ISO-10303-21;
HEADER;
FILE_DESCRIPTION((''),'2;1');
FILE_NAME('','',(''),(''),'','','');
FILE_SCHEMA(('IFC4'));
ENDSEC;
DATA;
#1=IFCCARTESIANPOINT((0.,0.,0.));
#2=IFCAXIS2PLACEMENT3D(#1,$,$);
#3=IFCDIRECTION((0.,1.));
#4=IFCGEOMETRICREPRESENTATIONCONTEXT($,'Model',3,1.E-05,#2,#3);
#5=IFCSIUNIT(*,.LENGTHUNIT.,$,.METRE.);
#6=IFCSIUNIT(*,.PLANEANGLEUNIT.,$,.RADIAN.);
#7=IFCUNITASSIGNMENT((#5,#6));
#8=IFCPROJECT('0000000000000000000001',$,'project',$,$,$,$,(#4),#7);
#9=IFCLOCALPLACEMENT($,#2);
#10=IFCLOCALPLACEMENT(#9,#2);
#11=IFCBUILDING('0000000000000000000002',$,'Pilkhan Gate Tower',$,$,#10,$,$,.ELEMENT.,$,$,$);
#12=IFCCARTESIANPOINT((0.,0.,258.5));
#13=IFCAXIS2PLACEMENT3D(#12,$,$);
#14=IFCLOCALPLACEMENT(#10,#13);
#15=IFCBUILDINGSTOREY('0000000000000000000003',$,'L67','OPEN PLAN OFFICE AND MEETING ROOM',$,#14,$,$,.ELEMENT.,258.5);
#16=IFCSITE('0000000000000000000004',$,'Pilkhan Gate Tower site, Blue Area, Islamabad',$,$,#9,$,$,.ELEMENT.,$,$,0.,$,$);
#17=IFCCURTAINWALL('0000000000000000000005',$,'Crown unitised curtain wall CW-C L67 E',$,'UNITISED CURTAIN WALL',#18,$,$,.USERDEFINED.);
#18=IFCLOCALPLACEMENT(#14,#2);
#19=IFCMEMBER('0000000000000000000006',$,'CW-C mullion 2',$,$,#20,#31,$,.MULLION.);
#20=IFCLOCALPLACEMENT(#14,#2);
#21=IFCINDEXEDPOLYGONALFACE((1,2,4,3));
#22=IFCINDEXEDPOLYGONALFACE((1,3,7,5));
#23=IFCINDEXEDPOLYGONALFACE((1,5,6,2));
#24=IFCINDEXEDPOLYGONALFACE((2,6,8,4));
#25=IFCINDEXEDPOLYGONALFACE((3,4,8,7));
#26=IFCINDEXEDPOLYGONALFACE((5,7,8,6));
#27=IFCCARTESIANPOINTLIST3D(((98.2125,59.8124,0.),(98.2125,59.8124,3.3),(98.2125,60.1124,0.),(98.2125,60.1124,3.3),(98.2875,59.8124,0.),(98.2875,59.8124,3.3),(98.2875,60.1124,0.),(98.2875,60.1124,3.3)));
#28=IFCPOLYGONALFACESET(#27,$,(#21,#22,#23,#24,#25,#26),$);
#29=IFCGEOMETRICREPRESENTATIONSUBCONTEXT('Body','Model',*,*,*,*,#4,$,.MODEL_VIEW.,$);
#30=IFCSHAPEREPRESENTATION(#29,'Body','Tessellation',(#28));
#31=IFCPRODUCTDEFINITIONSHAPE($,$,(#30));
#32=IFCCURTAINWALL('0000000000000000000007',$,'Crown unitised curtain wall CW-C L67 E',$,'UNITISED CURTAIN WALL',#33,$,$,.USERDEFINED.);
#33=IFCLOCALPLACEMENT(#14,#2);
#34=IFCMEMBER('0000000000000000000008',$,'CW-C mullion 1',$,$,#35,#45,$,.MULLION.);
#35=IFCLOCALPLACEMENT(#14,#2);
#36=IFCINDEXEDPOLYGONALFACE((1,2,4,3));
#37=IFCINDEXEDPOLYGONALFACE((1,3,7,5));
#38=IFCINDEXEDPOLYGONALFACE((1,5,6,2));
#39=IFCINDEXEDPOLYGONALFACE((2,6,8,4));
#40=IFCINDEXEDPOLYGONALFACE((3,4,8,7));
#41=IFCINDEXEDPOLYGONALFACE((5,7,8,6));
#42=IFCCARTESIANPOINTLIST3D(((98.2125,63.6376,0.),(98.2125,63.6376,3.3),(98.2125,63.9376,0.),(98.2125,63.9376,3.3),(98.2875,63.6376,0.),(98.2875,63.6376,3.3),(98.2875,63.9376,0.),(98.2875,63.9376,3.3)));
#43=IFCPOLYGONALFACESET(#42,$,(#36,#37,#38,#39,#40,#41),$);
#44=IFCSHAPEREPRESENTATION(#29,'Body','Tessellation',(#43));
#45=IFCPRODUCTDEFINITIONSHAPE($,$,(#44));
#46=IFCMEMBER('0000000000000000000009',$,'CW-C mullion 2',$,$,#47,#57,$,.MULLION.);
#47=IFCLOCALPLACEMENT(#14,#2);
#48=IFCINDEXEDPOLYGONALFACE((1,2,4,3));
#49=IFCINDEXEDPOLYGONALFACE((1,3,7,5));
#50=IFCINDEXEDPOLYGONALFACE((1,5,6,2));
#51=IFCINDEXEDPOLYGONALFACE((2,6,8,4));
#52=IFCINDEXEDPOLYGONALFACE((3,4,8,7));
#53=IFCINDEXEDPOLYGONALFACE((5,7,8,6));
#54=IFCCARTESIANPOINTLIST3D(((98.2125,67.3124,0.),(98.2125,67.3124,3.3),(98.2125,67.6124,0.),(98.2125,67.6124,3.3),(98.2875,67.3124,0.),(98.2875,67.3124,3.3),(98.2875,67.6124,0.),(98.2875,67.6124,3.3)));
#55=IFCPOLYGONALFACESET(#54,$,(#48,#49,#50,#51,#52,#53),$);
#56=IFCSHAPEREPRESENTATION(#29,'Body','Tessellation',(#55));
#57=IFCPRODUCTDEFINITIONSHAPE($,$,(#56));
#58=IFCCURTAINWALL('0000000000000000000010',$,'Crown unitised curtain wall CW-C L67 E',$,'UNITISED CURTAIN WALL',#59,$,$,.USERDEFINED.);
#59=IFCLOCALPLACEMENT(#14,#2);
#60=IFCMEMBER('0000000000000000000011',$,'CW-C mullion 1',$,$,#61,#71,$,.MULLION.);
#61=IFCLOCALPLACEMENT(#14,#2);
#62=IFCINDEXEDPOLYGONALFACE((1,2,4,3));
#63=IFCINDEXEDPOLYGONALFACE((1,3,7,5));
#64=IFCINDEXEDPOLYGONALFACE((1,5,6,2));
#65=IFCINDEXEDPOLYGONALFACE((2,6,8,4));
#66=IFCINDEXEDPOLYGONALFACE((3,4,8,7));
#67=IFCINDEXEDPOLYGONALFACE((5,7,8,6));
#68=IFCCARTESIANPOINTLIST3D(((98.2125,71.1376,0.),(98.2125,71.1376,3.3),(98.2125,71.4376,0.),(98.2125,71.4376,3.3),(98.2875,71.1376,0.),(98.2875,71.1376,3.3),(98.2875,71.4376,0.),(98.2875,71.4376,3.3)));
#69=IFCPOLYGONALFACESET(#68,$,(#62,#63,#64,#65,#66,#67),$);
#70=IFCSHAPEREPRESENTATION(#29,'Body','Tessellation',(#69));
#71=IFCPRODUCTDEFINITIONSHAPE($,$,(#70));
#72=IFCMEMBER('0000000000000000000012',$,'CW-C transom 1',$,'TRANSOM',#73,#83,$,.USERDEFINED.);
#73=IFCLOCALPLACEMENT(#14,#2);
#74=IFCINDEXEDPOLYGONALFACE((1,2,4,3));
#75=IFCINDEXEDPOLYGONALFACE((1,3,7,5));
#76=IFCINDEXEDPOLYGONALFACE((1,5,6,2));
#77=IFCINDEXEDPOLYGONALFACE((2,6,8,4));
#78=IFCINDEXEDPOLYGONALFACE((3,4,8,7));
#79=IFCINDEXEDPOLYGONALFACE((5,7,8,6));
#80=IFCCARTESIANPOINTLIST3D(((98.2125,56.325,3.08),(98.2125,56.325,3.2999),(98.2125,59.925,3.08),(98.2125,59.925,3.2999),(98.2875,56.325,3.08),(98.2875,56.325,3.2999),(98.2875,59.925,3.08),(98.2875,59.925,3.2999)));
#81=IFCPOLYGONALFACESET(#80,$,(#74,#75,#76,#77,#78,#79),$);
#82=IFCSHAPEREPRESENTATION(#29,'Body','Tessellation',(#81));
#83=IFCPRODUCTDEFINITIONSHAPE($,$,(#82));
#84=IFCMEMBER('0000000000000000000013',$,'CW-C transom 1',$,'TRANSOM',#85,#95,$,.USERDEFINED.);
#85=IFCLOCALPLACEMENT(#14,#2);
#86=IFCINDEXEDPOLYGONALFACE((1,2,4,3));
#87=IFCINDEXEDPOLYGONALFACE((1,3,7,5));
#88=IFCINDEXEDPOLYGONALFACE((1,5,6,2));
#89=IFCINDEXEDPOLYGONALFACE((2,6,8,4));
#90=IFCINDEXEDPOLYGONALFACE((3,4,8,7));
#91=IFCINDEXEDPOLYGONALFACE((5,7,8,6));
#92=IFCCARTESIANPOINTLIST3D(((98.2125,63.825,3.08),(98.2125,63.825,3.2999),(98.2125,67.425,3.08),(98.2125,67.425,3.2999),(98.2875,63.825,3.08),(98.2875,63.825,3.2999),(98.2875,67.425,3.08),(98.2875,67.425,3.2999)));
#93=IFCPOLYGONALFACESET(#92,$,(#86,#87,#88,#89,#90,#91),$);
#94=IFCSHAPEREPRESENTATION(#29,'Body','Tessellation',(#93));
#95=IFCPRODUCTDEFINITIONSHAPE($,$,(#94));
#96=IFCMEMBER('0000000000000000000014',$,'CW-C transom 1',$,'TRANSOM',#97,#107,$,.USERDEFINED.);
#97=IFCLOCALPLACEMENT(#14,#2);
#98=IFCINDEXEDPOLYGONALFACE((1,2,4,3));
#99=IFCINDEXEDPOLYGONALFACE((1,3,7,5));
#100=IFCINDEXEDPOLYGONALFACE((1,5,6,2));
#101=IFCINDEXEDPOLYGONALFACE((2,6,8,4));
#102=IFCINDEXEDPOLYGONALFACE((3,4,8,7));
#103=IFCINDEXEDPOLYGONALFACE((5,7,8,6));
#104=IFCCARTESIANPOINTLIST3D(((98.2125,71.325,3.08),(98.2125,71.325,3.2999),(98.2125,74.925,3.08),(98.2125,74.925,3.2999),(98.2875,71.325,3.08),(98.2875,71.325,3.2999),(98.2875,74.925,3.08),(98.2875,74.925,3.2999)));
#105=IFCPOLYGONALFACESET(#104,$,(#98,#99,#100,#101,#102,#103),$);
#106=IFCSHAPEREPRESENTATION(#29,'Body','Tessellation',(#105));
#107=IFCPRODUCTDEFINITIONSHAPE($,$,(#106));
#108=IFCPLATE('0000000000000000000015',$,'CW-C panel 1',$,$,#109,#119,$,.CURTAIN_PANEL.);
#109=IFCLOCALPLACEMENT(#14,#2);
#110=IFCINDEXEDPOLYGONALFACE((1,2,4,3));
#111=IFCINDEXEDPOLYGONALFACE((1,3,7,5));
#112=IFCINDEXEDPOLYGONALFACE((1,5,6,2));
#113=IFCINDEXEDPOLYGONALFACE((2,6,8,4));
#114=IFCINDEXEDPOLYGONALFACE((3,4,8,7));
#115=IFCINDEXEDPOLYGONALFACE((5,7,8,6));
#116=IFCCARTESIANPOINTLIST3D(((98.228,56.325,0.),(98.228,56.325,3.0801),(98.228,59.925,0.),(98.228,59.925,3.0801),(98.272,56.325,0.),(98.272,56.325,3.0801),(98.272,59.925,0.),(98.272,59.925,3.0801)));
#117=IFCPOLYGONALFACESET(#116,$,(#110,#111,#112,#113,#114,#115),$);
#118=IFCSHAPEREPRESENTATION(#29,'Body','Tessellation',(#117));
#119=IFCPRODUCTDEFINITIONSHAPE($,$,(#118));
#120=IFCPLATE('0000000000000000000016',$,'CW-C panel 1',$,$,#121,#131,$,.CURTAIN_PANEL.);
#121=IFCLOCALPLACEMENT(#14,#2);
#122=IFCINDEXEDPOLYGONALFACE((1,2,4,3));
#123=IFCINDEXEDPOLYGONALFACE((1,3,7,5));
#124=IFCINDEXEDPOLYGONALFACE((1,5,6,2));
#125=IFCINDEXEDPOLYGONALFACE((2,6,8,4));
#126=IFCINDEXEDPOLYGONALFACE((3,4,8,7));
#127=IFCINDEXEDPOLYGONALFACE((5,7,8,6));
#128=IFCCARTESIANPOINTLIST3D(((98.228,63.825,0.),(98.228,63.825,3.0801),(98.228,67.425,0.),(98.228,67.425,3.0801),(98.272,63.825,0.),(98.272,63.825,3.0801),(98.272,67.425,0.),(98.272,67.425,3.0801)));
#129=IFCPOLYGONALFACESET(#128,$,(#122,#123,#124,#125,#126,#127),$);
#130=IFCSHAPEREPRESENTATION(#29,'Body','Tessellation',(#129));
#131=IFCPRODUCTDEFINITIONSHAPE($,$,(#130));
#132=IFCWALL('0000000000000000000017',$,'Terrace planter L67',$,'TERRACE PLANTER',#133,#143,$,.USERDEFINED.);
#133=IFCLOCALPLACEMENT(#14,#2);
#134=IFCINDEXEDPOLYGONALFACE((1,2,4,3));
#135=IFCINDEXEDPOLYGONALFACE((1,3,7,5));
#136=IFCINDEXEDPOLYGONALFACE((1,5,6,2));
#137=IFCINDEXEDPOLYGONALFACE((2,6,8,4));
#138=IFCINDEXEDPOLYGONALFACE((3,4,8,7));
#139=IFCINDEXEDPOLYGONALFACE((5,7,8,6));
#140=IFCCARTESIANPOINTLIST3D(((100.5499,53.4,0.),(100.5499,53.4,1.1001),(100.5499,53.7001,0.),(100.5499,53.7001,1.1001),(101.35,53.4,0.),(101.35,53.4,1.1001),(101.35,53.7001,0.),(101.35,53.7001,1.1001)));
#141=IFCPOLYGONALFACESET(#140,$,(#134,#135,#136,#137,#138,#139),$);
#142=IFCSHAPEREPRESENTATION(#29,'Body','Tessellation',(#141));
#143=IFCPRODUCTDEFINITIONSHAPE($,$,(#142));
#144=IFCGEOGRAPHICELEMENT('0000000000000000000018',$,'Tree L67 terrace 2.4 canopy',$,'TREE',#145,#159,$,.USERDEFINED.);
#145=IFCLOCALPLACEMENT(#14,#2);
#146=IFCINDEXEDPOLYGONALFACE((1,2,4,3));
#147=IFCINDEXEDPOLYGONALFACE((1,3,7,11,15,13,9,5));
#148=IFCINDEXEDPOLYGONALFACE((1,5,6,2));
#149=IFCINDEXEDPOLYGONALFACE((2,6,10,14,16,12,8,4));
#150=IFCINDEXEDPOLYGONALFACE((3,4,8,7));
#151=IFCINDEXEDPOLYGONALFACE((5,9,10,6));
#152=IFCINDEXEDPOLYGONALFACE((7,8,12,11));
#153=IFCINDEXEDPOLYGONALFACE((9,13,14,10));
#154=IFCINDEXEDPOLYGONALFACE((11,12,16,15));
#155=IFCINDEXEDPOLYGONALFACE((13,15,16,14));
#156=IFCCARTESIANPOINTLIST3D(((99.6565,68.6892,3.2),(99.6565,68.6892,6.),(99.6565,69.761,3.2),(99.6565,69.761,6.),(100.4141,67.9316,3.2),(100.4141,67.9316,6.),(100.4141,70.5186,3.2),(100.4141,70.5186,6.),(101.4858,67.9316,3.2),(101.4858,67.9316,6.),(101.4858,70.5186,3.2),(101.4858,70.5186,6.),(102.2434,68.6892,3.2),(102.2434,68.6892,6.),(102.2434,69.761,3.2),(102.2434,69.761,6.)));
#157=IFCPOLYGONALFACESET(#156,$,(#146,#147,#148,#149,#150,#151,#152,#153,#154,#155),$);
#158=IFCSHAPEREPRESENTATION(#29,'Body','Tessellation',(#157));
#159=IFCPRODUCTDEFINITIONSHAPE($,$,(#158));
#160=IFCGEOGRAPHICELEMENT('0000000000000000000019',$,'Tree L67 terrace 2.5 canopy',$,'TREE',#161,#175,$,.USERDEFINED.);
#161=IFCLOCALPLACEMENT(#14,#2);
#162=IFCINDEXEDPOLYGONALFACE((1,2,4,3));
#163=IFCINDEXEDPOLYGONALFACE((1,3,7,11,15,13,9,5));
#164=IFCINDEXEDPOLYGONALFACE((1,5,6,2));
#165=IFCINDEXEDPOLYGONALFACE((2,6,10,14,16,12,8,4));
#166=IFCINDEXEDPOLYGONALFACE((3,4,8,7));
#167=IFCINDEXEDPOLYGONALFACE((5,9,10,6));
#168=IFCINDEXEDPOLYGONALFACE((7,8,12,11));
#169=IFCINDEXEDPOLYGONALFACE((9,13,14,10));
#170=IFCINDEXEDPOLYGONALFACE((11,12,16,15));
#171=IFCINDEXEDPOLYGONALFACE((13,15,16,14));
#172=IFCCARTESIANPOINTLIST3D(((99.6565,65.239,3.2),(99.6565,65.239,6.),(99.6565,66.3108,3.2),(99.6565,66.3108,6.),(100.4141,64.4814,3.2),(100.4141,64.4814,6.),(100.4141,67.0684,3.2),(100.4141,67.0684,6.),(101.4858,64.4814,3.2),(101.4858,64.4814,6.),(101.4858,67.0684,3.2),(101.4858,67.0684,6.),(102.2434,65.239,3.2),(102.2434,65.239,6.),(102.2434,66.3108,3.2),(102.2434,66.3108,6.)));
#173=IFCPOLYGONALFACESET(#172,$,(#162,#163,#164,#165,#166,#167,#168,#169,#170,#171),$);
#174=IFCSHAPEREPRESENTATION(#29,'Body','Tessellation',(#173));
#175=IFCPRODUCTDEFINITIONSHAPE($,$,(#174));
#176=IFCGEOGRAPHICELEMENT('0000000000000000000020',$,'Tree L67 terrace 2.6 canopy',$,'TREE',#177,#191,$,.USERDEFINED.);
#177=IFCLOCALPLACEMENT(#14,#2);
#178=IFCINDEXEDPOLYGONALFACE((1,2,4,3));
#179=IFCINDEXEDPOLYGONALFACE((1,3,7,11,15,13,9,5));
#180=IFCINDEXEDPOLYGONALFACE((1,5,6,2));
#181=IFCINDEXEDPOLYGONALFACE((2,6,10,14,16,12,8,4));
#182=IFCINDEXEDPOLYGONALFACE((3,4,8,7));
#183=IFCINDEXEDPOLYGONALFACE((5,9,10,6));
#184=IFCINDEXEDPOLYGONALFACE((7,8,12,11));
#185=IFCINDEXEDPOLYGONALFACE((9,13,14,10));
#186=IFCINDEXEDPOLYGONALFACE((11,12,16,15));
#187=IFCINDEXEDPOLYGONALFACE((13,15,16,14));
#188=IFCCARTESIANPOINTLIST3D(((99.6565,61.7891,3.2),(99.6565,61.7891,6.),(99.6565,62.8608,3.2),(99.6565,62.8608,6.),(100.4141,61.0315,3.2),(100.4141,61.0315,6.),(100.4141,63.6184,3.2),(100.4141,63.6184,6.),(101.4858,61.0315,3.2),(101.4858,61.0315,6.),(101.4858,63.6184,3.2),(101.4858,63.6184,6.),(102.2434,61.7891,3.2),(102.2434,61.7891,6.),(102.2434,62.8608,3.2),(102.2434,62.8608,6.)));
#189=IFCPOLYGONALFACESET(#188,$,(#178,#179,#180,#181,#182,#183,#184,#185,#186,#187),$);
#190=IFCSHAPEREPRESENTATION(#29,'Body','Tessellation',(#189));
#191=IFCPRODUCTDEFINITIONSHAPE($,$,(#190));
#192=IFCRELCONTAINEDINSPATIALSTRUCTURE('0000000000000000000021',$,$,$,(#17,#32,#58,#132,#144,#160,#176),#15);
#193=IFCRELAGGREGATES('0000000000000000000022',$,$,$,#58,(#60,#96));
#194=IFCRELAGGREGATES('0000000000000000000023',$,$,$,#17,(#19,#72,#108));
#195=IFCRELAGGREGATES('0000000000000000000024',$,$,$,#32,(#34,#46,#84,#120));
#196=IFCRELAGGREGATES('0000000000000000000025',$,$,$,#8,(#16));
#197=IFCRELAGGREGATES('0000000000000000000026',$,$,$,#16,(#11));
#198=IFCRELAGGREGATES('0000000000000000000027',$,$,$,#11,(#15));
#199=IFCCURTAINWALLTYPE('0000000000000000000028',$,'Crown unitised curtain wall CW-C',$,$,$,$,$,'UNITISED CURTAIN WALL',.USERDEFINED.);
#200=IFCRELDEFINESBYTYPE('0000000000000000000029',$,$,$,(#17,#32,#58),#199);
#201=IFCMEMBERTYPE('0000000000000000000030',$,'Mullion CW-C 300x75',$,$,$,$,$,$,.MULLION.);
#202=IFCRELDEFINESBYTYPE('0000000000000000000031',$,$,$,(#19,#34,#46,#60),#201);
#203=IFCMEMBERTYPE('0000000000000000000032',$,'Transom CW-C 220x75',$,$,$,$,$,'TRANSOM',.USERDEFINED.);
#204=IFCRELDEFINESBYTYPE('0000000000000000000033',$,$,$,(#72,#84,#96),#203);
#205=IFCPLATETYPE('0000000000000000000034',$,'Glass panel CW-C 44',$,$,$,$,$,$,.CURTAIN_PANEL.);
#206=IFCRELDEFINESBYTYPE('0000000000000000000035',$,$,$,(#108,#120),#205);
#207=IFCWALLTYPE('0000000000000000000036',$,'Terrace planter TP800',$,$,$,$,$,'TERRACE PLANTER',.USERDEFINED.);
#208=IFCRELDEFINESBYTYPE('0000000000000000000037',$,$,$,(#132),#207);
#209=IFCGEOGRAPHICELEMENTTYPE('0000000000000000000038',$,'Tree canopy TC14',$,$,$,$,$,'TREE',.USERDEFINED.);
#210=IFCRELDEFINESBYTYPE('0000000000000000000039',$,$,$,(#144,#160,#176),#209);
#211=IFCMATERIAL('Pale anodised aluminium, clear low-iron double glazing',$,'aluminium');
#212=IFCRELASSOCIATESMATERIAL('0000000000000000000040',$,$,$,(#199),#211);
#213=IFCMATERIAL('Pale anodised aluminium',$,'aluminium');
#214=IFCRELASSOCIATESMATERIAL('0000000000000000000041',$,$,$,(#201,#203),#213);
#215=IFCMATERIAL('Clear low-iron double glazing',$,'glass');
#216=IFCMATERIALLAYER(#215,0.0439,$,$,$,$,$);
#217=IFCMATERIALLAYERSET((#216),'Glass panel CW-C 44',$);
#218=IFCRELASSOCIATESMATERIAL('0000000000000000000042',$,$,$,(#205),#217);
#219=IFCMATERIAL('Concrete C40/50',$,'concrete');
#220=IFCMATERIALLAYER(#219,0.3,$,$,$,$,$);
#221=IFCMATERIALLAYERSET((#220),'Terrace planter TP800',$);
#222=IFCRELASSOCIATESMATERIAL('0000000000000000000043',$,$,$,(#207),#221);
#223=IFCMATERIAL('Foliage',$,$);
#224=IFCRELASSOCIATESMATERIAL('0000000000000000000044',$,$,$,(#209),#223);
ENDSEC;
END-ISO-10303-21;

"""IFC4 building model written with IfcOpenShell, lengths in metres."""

from ifc_helpers import new_model, si_unit, direction, frame, frame_2d, origin, origin_2d, place, context, subcontext, project, spatial, polyline, rectangle, outline, extrude, material, layer, layer_set, material_profile, profile_set, type_object, element, aggregate, save


model = new_model("IFC4")

# Units and contexts
model_context = context("Model", 3, precision=1e-05, world=origin(), true_north=direction((0.0, 1.0)))
body_context = subcontext(model_context, "Body", "Model", "MODEL_VIEW")
ifc_project = project(units=[si_unit("LENGTHUNIT", "METRE"), si_unit("PLANEANGLEUNIT", "RADIAN")], contexts=[model_context])

# Site, building, storey
site_placement = place(None, origin())
site = spatial("IfcSite", under=ifc_project, at=site_placement, Name="Pilkhan Gate Tower site, Blue Area, Islamabad", CompositionType="ELEMENT", RefElevation=0.0)
building_placement = place(site_placement, origin())
building = spatial("IfcBuilding", under=site, at=building_placement, Name="Pilkhan Gate Tower", CompositionType="ELEMENT")
storey_placement = place(building_placement, frame((0.0, 0.0, 258.5)))
storey = spatial("IfcBuildingStorey", under=building, at=storey_placement, Name="L67", Description="OPEN PLAN OFFICE AND MEETING ROOM", CompositionType="ELEMENT", Elevation=258.5)

# Curtain wall, member
ifc_material_1 = material(Name="Pale anodised aluminium, clear low-iron double glazing", Category="aluminium")
curtain_wall_type = type_object("IfcCurtainWallType", Name="Crown unitised curtain wall CW-C", ElementType="UNITISED CURTAIN WALL", PredefinedType="USERDEFINED", material=ifc_material_1)
curtain_wall_1_placement = place(storey_placement, origin())
curtain_wall_1 = element("IfcCurtainWall", 1, at=curtain_wall_1_placement, inside=storey, type_object=curtain_wall_type, Name="Crown unitised curtain wall CW-C L67 E", ObjectType="UNITISED CURTAIN WALL", PredefinedType="USERDEFINED")
ifc_material_2 = material(Name="Pale anodised aluminium", Category="aluminium")
ifc_material_profile_1 = material_profile(ifc_material_2, rectangle(XDim=0.075, YDim=0.3, at=origin_2d()), Name="Mullion 300x75")
ifc_profile_set_1 = profile_set([ifc_material_profile_1], Name="Pale anodised aluminium")
member_type_1 = type_object("IfcMemberType", Name="Mullion CW-C 300x75", PredefinedType="MULLION", material=ifc_profile_set_1)
member_1_placement = place(storey_placement, frame((98.25, 59.9624, 0.0), z_axis=(0.0, 0.0, 1.0), x_axis=(-1.0, 0.0, 0.0)))
member_1 = element("IfcMember", 2, at=member_1_placement, type_object=member_type_1, Name="CW-C mullion 2", PredefinedType="MULLION", context=body_context, shape_type="SweptSolid", body=[
    extrude(rectangle(XDim=0.075, YDim=0.3, at=origin_2d()), origin(), (0.0, 0.0, 1.0), 3.3),
])

# Curtain wall, members
curtain_wall_2_placement = place(storey_placement, origin())
curtain_wall_2 = element("IfcCurtainWall", 3, at=curtain_wall_2_placement, inside=storey, type_object=curtain_wall_type, Name="Crown unitised curtain wall CW-C L67 E", ObjectType="UNITISED CURTAIN WALL", PredefinedType="USERDEFINED")
member_2_placement = place(storey_placement, frame((98.25, 63.7876, 0.0), z_axis=(0.0, 0.0, 1.0), x_axis=(-1.0, 0.0, 0.0)))
member_2 = element("IfcMember", 4, at=member_2_placement, type_object=member_type_1, Name="CW-C mullion 1", PredefinedType="MULLION", context=body_context, shape_type="SweptSolid", body=[
    extrude(rectangle(XDim=0.075, YDim=0.3, at=origin_2d()), origin(), (0.0, 0.0, 1.0), 3.3),
])
member_3_placement = place(storey_placement, frame((98.25, 67.4624, 0.0), z_axis=(0.0, 0.0, 1.0), x_axis=(-1.0, 0.0, 0.0)))
member_3 = element("IfcMember", 5, at=member_3_placement, type_object=member_type_1, Name="CW-C mullion 2", PredefinedType="MULLION", context=body_context, shape_type="SweptSolid", body=[
    extrude(rectangle(XDim=0.075, YDim=0.3, at=origin_2d()), origin(), (0.0, 0.0, 1.0), 3.3),
])

# Curtain wall, member
curtain_wall_3_placement = place(storey_placement, origin())
curtain_wall_3 = element("IfcCurtainWall", 6, at=curtain_wall_3_placement, inside=storey, type_object=curtain_wall_type, Name="Crown unitised curtain wall CW-C L67 E", ObjectType="UNITISED CURTAIN WALL", PredefinedType="USERDEFINED")
member_4_placement = place(storey_placement, frame((98.25, 71.2876, 0.0), z_axis=(0.0, 0.0, 1.0), x_axis=(-1.0, 0.0, 0.0)))
member_4 = element("IfcMember", 7, at=member_4_placement, type_object=member_type_1, Name="CW-C mullion 1", PredefinedType="MULLION", context=body_context, shape_type="SweptSolid", body=[
    extrude(rectangle(XDim=0.075, YDim=0.3, at=origin_2d()), origin(), (0.0, 0.0, 1.0), 3.3),
])

# Members
ifc_material_profile_2 = material_profile(ifc_material_2, rectangle(XDim=0.075, YDim=0.22, at=origin_2d()), Name="Transom 220x75")
ifc_profile_set_2 = profile_set([ifc_material_profile_2], Name="Pale anodised aluminium")
member_type_2 = type_object("IfcMemberType", Name="Transom CW-C 220x75", ElementType="TRANSOM", PredefinedType="USERDEFINED", material=ifc_profile_set_2)
member_5_placement = place(storey_placement, frame((98.25, 56.325, 3.1899), z_axis=(0.0, 1.0, 0.0), x_axis=(-1.0, 0.0, 0.0)))
member_5 = element("IfcMember", 8, at=member_5_placement, type_object=member_type_2, Name="CW-C transom 1", ObjectType="TRANSOM", PredefinedType="USERDEFINED", context=body_context, shape_type="SweptSolid", body=[
    extrude(rectangle(XDim=0.075, YDim=0.22, at=origin_2d()), origin(), (0.0, 0.0, 1.0), 3.6001),
])
member_6_placement = place(storey_placement, frame((98.25, 63.825, 3.1899), z_axis=(0.0, 1.0, 0.0), x_axis=(-1.0, 0.0, 0.0)))
member_6 = element("IfcMember", 9, at=member_6_placement, type_object=member_type_2, Name="CW-C transom 1", ObjectType="TRANSOM", PredefinedType="USERDEFINED", context=body_context, shape_type="SweptSolid", body=[
    extrude(rectangle(XDim=0.075, YDim=0.22, at=origin_2d()), origin(), (0.0, 0.0, 1.0), 3.6001),
])
member_7_placement = place(storey_placement, frame((98.25, 71.325, 3.1899), z_axis=(0.0, 1.0, 0.0), x_axis=(-1.0, 0.0, 0.0)))
member_7 = element("IfcMember", 10, at=member_7_placement, type_object=member_type_2, Name="CW-C transom 1", ObjectType="TRANSOM", PredefinedType="USERDEFINED", context=body_context, shape_type="SweptSolid", body=[
    extrude(rectangle(XDim=0.075, YDim=0.22, at=origin_2d()), origin(), (0.0, 0.0, 1.0), 3.6001),
])
aggregate(curtain_wall_3, [member_4, member_7])

# Plates
ifc_material_3 = material(Name="Clear low-iron double glazing", Category="glass")
ifc_layer_1 = layer(ifc_material_3, 0.0439)
ifc_layer_set_1 = layer_set([ifc_layer_1], Name="Glass panel CW-C 44")
plate_type = type_object("IfcPlateType", Name="Glass panel CW-C 44", PredefinedType="CURTAIN_PANEL", material=ifc_layer_set_1)
plate_1_placement = place(storey_placement, frame((98.25, 58.125, 0.0), z_axis=(0.0, 0.0, 1.0), x_axis=(0.0, 1.0, 0.0)))
plate_1 = element("IfcPlate", 11, at=plate_1_placement, type_object=plate_type, Name="CW-C panel 1", PredefinedType="CURTAIN_PANEL", context=body_context, shape_type="SweptSolid", body=[
    extrude(rectangle(XDim=3.6001, YDim=0.0439, at=origin_2d()), origin(), (0.0, 0.0, 1.0), 3.0801),
])
aggregate(curtain_wall_1, [member_1, member_5, plate_1])
plate_2_placement = place(storey_placement, frame((98.25, 65.625, 0.0), z_axis=(0.0, 0.0, 1.0), x_axis=(0.0, 1.0, 0.0)))
plate_2 = element("IfcPlate", 12, at=plate_2_placement, type_object=plate_type, Name="CW-C panel 1", PredefinedType="CURTAIN_PANEL", context=body_context, shape_type="SweptSolid", body=[
    extrude(rectangle(XDim=3.6001, YDim=0.0439, at=origin_2d()), origin(), (0.0, 0.0, 1.0), 3.0801),
])
aggregate(curtain_wall_2, [member_2, member_3, member_6, plate_2])

# Wall
ifc_material_4 = material(Name="Concrete C40/50", Category="concrete")
ifc_layer_2 = layer(ifc_material_4, 0.3)
ifc_layer_set_2 = layer_set([ifc_layer_2], Name="Terrace planter TP800")
wall_type_1 = type_object("IfcWallType", Name="Terrace planter TP800", ElementType="TERRACE PLANTER", PredefinedType="USERDEFINED", material=ifc_layer_set_2)
wall_1_placement = place(storey_placement, frame((100.55, 53.55, 0.0), z_axis=(0.0, 0.0, 1.0), x_axis=(1.0, 0.0, 0.0)))
element("IfcWall", 13, at=wall_1_placement, inside=storey, type_object=wall_type_1, Name="Terrace planter L67", ObjectType="TERRACE PLANTER", PredefinedType="USERDEFINED", context=body_context, shape_type="SweptSolid", body=[
    extrude(rectangle(XDim=0.8, YDim=0.3, at=frame_2d((0.3999, 0.0))), origin(), (0.0, 0.0, 1.0), 1.1001),
])

# Geographic elements
ifc_material_5 = material(Name="Foliage")
ifc_material_profile_3 = material_profile(ifc_material_5, outline(polyline([(1.2935, 0.5359), (0.5359, 1.2935), (-0.5359, 1.2935), (-1.2935, 0.5359), (-1.2935, -0.5359), (-0.5359, -1.2935), (0.5359, -1.2935), (1.2935, -0.5359), (1.2935, 0.5359)])), Name="Canopy D2.8")
ifc_profile_set_3 = profile_set([ifc_material_profile_3], Name="Foliage")
geographic_element_type_1 = type_object("IfcGeographicElementType", Name="Tree canopy TC14", ElementType="TREE", PredefinedType="USERDEFINED", material=ifc_profile_set_3)
for number, where, z_axis, x_axis, name in (
    (14, (100.95, 69.2251, 3.2), (0.0, 0.0, 1.0), (1.0, 0.0, 0.0), "Tree L67 terrace 2.4 canopy"),
    (15, (100.95, 65.7749, 3.2), (0.0, 0.0, 1.0), (1.0, 0.0, 0.0), "Tree L67 terrace 2.5 canopy"),
    (16, (100.95, 62.325, 3.2), (0.0, 0.0, 1.0), (1.0, 0.0, 0.0), "Tree L67 terrace 2.6 canopy"),
):
    element("IfcGeographicElement", number, at=place(storey_placement, frame(where, z_axis=z_axis, x_axis=x_axis)), inside=storey, type_object=geographic_element_type_1, Name=name, ObjectType="TREE", PredefinedType="USERDEFINED", context=body_context, shape_type="SweptSolid", body=[
        extrude(outline(polyline([(1.2935, 0.5359), (0.5359, 1.2935), (-0.5359, 1.2935), (-1.2935, 0.5359), (-1.2935, -0.5359), (-0.5359, -1.2935), (0.5359, -1.2935), (1.2935, -0.5359), (1.2935, 0.5359)])), origin(), (0.0, 0.0, 1.0), 2.8),
    ])

save(model, "model.ifc")
